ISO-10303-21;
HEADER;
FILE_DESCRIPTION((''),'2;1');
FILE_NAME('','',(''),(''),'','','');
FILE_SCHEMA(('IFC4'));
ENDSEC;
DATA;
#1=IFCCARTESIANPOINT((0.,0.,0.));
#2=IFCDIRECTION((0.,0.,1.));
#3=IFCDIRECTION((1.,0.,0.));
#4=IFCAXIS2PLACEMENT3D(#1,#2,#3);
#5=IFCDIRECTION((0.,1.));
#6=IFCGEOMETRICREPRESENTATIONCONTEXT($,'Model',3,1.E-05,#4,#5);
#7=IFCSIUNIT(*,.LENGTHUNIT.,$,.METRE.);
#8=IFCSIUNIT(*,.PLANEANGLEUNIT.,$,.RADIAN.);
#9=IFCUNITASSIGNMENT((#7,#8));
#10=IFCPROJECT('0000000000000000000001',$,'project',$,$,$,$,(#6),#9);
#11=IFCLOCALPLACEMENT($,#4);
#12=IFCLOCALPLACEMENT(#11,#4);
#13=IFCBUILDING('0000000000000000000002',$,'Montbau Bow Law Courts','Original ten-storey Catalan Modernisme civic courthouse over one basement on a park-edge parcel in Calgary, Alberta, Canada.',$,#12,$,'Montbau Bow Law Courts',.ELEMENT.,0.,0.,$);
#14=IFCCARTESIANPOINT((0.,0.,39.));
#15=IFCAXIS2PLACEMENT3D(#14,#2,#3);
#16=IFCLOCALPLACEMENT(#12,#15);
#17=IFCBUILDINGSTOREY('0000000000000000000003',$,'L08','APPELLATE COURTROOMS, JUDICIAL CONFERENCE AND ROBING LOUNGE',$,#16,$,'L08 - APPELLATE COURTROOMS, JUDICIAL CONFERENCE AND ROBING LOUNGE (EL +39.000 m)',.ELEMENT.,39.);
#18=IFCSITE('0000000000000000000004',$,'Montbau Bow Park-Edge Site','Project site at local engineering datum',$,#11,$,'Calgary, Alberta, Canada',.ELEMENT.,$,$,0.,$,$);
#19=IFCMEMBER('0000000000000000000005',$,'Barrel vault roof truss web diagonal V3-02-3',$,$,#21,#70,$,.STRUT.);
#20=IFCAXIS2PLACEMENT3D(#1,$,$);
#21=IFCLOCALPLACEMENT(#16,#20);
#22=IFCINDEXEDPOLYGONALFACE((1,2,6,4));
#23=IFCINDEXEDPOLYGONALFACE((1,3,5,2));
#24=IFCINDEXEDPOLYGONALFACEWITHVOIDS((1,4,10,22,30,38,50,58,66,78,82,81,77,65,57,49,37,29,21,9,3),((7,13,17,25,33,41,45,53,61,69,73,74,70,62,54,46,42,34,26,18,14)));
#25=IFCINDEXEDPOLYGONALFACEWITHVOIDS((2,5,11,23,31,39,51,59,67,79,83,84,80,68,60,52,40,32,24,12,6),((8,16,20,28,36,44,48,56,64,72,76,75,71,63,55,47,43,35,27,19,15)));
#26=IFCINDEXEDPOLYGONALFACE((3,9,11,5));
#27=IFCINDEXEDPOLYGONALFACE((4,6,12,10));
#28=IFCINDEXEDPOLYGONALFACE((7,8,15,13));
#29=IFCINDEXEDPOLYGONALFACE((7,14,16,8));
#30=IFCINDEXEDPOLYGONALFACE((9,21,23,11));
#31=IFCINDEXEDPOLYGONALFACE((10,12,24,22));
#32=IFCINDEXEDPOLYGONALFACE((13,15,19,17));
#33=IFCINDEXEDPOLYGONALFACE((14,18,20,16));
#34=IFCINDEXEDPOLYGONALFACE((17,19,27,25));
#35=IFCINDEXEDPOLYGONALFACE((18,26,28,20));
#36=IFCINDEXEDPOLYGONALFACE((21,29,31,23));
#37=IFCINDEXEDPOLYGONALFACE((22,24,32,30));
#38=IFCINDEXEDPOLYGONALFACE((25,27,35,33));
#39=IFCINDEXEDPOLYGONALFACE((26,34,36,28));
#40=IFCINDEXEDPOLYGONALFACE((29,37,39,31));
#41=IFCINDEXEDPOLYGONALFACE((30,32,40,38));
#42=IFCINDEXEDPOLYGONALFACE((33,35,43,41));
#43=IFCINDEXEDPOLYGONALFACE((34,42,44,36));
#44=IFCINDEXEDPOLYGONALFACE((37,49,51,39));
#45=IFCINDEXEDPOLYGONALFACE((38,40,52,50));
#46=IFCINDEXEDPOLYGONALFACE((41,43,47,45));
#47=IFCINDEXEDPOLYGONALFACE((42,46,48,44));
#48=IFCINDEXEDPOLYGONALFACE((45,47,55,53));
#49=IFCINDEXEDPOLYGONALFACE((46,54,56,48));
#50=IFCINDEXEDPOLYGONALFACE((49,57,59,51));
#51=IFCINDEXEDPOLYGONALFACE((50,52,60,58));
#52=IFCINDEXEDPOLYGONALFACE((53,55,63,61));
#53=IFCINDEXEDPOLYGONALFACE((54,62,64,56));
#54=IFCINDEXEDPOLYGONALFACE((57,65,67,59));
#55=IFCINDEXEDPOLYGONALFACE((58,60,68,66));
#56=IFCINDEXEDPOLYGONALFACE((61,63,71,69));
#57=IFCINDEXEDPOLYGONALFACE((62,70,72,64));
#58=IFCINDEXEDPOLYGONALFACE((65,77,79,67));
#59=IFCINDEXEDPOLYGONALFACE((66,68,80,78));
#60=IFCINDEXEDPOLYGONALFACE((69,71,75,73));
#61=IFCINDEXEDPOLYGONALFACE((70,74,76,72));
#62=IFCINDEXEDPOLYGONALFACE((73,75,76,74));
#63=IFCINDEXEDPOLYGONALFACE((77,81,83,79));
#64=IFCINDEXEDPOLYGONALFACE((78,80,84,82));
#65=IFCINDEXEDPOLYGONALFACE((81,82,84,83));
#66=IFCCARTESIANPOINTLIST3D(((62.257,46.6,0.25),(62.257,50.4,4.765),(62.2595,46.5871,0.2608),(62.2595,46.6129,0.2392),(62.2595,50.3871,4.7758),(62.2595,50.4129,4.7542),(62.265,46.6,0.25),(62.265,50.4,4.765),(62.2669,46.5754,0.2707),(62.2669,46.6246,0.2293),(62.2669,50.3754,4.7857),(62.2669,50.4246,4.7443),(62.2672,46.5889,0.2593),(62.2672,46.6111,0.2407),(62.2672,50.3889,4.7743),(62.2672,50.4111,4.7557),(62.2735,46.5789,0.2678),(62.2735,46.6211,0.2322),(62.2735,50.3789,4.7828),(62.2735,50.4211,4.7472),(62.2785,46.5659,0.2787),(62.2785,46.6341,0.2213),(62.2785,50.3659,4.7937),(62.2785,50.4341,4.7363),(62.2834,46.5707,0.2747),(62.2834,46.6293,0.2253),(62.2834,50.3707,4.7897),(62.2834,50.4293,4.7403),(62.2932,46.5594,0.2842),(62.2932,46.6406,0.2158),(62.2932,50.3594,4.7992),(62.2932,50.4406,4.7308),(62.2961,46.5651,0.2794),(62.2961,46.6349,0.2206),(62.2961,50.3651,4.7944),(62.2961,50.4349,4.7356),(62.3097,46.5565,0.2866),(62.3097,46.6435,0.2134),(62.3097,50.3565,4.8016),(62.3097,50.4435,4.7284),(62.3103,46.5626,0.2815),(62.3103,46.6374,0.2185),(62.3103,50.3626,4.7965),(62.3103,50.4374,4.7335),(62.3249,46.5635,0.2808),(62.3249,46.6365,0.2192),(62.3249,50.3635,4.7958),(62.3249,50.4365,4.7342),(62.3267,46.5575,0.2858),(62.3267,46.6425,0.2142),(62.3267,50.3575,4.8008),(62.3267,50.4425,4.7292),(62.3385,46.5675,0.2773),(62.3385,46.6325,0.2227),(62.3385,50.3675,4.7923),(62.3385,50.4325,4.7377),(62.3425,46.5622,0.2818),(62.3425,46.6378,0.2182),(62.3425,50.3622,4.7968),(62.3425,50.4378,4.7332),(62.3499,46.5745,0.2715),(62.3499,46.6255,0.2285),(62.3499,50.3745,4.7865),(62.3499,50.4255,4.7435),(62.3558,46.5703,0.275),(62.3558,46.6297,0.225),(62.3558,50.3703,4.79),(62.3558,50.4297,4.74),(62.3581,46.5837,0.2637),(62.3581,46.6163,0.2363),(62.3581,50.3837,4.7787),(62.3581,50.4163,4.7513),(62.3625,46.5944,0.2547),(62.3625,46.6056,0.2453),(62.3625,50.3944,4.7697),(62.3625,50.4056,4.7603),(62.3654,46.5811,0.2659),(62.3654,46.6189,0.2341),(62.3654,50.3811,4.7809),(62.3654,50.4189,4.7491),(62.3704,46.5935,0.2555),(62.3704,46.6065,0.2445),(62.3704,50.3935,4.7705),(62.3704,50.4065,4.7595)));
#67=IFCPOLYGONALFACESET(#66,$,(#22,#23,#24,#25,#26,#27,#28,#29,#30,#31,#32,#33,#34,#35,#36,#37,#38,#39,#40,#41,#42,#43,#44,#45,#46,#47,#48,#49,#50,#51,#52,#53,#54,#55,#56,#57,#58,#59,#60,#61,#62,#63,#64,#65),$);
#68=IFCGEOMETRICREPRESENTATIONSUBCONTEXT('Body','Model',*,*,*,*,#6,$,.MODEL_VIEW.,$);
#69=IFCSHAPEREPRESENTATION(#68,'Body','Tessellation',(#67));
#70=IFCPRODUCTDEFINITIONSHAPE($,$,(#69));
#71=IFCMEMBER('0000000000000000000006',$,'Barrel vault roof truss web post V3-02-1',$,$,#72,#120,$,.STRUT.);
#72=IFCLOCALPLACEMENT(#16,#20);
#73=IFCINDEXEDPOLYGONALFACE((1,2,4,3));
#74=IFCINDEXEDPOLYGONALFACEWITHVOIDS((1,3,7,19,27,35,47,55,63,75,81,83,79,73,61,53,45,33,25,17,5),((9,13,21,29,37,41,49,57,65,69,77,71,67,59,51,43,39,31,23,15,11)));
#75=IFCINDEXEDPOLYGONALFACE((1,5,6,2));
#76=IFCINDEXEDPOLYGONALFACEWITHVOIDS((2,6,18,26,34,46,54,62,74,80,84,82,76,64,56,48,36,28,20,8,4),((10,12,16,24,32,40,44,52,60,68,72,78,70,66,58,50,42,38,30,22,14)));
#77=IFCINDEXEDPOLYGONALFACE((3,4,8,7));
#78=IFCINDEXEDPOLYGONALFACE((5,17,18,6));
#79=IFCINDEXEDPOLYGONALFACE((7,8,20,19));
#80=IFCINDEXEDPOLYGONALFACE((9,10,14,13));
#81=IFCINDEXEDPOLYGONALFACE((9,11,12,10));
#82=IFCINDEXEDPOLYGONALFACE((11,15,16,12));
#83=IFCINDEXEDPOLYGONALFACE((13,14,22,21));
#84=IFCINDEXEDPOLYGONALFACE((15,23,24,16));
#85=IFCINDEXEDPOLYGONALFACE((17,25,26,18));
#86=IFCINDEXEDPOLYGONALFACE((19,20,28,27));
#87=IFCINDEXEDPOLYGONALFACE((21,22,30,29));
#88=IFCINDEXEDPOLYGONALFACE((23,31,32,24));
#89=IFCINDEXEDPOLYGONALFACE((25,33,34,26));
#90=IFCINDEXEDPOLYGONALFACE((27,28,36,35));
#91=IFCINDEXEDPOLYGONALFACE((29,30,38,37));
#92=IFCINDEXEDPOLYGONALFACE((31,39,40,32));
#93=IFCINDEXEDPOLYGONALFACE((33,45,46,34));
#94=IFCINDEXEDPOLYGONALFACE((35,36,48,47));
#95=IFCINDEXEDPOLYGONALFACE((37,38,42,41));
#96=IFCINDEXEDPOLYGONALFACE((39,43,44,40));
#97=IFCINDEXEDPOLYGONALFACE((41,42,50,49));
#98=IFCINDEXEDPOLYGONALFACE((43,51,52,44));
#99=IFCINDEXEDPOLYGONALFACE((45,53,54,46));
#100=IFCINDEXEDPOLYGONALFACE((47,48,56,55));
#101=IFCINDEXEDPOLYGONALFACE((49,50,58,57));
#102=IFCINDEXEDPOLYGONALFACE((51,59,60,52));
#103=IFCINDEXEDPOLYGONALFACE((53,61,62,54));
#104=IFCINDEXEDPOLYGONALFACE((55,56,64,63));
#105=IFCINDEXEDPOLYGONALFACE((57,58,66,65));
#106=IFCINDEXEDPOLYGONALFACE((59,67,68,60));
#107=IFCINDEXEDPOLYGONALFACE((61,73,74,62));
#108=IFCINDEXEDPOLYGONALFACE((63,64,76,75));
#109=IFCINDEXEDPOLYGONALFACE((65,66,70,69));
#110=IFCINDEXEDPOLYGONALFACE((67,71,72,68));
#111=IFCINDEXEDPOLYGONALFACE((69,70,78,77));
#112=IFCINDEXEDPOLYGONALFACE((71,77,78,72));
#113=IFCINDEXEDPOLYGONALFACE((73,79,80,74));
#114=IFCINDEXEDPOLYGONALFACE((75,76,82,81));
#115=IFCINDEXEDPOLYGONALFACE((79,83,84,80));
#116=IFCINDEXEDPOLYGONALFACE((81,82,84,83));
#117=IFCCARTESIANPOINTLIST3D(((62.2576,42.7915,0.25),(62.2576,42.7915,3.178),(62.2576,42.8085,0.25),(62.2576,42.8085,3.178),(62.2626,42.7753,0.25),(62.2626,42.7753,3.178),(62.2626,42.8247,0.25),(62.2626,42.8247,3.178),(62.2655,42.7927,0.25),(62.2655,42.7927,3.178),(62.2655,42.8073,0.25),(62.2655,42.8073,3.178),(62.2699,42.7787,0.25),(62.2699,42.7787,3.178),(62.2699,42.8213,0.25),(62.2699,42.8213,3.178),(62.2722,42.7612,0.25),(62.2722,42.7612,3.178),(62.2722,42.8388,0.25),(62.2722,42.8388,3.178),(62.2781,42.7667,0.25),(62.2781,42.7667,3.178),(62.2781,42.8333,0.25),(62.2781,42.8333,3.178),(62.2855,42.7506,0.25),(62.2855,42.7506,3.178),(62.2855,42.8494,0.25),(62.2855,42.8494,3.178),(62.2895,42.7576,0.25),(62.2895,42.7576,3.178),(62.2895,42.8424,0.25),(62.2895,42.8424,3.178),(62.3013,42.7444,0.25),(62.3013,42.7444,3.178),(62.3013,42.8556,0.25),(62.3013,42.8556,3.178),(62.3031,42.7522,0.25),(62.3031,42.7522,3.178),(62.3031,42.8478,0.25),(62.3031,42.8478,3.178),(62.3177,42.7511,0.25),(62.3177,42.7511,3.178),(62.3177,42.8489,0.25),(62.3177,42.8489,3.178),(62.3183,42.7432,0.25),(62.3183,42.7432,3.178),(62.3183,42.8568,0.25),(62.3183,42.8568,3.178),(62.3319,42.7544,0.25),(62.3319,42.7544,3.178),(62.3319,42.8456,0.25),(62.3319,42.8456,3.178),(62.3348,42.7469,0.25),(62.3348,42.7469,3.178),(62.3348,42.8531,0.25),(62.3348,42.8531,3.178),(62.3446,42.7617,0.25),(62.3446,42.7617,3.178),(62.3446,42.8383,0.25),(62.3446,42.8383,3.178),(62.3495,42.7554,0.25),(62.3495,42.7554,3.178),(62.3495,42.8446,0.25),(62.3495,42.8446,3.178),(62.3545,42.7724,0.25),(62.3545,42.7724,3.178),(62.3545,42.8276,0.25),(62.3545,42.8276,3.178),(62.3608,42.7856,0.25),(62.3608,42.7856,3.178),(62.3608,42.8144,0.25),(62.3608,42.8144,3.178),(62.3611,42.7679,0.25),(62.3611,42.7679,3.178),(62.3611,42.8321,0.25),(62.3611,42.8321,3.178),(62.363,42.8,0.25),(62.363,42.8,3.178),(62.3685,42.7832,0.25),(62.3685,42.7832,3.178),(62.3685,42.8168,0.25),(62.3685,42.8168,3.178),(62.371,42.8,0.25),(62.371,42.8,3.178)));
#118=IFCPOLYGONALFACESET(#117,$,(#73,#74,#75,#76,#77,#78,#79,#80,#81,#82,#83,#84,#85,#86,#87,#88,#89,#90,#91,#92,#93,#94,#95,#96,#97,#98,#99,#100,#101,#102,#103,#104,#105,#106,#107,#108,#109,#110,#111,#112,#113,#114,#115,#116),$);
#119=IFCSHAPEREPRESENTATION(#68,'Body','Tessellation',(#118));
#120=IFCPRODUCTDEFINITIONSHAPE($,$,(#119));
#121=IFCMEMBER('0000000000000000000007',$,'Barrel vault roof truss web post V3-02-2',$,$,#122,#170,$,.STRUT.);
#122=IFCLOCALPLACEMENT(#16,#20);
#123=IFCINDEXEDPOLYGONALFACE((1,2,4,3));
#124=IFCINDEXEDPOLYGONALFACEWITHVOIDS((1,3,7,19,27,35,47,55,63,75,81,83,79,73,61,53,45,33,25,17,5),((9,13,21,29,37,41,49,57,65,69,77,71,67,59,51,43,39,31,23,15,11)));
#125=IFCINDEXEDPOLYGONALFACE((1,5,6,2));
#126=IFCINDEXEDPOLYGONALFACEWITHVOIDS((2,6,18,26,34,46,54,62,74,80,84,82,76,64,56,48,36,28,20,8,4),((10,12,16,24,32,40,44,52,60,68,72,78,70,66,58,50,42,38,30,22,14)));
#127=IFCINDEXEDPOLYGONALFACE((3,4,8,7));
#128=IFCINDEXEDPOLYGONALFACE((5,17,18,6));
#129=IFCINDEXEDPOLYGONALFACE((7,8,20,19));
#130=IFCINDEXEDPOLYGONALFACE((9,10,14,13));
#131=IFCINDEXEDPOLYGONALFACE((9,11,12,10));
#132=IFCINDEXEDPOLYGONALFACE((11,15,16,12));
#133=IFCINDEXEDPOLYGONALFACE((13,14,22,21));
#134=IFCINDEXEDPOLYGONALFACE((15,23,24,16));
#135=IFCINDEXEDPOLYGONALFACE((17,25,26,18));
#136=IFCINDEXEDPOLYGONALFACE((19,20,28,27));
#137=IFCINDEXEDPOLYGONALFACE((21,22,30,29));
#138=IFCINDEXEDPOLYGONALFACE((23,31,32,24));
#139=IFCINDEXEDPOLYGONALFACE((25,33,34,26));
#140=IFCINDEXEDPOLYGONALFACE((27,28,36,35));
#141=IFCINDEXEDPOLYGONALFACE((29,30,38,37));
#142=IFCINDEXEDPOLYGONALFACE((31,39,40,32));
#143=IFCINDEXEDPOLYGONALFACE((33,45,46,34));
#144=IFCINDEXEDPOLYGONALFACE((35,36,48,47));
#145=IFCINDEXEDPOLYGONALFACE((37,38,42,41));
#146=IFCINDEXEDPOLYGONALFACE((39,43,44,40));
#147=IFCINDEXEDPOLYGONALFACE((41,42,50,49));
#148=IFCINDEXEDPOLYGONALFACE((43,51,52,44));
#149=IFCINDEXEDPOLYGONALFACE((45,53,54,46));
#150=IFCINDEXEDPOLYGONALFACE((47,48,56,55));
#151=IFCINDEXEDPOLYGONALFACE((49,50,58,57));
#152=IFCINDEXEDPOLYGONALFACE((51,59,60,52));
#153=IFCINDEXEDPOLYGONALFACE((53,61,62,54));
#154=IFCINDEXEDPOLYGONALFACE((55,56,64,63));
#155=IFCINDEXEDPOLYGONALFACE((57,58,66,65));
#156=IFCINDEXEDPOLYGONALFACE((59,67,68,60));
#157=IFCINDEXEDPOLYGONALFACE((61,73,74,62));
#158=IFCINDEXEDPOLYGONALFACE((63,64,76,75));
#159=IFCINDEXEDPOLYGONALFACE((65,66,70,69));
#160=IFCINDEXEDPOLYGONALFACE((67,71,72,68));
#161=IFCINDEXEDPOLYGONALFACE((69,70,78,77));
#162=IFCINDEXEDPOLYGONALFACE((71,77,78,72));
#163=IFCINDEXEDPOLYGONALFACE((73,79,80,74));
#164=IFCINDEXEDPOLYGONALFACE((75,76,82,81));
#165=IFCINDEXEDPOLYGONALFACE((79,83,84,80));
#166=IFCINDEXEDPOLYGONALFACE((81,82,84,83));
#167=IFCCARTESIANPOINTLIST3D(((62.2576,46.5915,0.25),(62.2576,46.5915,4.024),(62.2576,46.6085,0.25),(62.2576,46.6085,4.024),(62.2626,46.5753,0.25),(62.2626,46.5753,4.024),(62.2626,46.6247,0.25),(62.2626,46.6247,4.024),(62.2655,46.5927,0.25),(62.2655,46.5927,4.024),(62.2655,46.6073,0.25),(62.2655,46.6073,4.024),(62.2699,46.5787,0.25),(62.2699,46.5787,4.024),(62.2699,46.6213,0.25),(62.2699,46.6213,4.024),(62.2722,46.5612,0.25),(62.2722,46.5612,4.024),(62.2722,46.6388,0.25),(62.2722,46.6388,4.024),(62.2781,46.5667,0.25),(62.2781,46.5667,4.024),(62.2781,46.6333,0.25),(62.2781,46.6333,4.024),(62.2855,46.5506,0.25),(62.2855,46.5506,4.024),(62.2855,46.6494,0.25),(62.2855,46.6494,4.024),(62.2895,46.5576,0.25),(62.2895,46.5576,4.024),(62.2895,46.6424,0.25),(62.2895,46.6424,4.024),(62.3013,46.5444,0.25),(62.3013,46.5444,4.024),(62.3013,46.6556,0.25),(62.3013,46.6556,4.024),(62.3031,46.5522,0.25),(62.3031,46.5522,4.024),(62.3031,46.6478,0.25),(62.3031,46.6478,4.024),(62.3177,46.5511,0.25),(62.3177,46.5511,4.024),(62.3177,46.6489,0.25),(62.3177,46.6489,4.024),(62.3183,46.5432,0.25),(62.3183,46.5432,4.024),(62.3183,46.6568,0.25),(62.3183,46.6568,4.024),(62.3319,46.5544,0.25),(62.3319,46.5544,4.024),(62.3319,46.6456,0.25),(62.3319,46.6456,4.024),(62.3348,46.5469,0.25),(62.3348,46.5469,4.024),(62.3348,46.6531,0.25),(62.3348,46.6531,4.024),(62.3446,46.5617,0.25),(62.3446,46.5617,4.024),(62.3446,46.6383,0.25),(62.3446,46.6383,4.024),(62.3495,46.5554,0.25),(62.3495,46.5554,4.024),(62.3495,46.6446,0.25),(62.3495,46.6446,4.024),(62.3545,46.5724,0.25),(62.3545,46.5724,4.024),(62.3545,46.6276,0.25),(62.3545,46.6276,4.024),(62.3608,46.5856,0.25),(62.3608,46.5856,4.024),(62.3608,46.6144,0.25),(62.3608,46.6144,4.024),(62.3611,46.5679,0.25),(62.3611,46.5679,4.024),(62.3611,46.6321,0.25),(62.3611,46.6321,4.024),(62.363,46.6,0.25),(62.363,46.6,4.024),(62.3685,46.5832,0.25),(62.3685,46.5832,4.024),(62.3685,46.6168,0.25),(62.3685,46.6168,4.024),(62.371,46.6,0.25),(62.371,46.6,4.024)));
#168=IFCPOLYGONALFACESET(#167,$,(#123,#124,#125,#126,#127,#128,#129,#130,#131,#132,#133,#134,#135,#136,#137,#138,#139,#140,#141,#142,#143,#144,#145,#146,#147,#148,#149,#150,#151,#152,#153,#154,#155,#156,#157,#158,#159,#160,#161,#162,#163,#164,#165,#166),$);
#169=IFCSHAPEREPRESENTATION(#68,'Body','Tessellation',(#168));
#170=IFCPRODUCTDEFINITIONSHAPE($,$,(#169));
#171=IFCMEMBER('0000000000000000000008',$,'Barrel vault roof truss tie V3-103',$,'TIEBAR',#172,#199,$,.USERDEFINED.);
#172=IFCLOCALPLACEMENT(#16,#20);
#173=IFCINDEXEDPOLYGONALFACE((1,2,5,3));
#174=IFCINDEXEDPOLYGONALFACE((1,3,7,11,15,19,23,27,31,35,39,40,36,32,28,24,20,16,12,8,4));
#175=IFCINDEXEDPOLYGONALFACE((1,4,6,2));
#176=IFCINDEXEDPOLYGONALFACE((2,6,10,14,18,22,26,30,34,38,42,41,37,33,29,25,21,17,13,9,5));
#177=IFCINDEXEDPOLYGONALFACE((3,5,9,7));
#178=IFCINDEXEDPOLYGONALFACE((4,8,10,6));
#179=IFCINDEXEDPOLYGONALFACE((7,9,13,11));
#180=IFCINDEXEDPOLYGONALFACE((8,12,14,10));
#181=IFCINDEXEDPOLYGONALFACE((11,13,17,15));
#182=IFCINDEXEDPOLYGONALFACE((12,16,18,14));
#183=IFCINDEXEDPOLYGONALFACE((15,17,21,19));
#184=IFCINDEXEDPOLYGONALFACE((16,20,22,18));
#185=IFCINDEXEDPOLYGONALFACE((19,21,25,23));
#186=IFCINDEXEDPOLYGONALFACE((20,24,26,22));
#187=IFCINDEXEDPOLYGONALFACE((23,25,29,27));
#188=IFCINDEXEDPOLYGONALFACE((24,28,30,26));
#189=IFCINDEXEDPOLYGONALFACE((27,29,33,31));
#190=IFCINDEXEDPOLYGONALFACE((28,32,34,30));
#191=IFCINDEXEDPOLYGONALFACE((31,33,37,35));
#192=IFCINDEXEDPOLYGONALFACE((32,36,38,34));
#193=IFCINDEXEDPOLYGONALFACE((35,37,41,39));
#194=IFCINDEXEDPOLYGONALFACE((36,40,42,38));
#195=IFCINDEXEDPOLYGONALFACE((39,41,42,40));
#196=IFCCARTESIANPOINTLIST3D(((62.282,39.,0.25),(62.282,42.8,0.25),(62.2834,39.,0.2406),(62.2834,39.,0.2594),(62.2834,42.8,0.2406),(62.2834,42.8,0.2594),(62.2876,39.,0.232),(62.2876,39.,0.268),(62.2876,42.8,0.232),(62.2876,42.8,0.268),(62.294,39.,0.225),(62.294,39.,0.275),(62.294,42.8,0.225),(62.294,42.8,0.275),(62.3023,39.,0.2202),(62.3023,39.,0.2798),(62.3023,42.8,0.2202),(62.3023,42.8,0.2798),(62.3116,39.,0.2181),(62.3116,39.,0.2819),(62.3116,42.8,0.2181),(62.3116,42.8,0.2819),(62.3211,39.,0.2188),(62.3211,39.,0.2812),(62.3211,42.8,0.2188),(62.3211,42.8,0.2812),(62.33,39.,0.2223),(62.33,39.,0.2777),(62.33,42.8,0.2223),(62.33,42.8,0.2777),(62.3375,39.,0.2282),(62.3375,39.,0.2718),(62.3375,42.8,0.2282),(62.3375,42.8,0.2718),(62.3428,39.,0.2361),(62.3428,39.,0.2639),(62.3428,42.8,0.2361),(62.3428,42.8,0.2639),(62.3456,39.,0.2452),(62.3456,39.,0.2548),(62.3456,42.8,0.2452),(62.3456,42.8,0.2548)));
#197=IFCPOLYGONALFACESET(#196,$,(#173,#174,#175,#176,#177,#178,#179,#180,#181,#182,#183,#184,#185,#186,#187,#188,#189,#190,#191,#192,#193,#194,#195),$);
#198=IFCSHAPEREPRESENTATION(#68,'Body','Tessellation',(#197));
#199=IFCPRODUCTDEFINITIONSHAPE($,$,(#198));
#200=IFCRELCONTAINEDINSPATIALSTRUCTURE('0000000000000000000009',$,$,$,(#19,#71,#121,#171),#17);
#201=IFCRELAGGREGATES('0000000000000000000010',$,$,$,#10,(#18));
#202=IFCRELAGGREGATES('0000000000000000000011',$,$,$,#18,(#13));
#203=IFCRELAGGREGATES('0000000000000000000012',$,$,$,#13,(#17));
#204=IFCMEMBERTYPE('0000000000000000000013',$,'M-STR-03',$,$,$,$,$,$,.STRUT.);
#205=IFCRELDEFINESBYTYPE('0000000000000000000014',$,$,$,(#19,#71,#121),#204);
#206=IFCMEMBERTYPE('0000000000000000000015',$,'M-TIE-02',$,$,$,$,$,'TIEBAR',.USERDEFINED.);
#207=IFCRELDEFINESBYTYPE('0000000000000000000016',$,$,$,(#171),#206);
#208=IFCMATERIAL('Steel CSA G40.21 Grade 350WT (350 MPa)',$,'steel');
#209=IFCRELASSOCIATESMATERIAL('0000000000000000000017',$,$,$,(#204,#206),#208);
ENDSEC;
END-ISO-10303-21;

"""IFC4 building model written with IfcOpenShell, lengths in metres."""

from ifc_helpers import new_model, si_unit, direction, frame, origin_with_axes, origin_2d_with_axis, place, context, subcontext, project, spatial, circle, hollow_circle, extrude, material, material_profile, profile_set, type_object, element, save


model = new_model("IFC4")

# Units and contexts
model_context = context("Model", 3, precision=1e-05, world=origin_with_axes(), true_north=direction((0.0, 1.0)))
body_context = subcontext(model_context, "Body", "Model", "MODEL_VIEW")
ifc_project = project(units=[si_unit("LENGTHUNIT", "METRE"), si_unit("PLANEANGLEUNIT", "RADIAN")], contexts=[model_context])

# Site, building, storey
site_placement = place(None, origin_with_axes())
site = spatial("IfcSite", under=ifc_project, at=site_placement, Name="Montbau Bow Park-Edge Site", Description="Project site at local engineering datum", LongName="Calgary, Alberta, Canada", CompositionType="ELEMENT", RefElevation=0.0)
building_placement = place(site_placement, origin_with_axes())
building = spatial("IfcBuilding", under=site, at=building_placement, Name="Montbau Bow Law Courts", Description="Original ten-storey Catalan Modernisme civic courthouse over one basement on a park-edge parcel in Calgary, Alberta, Canada.", LongName="Montbau Bow Law Courts", CompositionType="ELEMENT", ElevationOfRefHeight=0.0, ElevationOfTerrain=0.0)
storey_placement = place(building_placement, frame((0.0, 0.0, 39.0), z_axis=(0.0, 0.0, 1.0), x_axis=(1.0, 0.0, 0.0)))
storey = spatial("IfcBuildingStorey", under=building, at=storey_placement, Name="L08", Description="APPELLATE COURTROOMS, JUDICIAL CONFERENCE AND ROBING LOUNGE", LongName="L08 - APPELLATE COURTROOMS, JUDICIAL CONFERENCE AND ROBING LOUNGE (EL +39.000 m)", CompositionType="ELEMENT", Elevation=39.0)

# Shared definitions
ifc_material_1 = material(Name="Steel CSA G40.21 Grade 350WT (350 MPa)", Category="steel")

# Members
ifc_material_profile_1 = material_profile(ifc_material_1, hollow_circle(Radius=0.057, WallThickness=0.008, at=origin_2d_with_axis()), Name="HSS114X8.0", Category="Main", Priority=0)
ifc_profile_set_1 = profile_set([ifc_material_profile_1], Name="Steel CSA G40.21 Grade 350WT (350 MPa)")
member_type_1 = type_object("IfcMemberType", Name="M-STR-03", PredefinedType="STRUT", material=ifc_profile_set_1)
member_1_placement = place(None, frame((62.314, 46.6, 39.25), z_axis=(0.0, 0.643927, 0.765087), x_axis=(-1.0, 0.0, 0.0)))
element("IfcMember", 1, at=member_1_placement, inside=storey, type_object=member_type_1, Name="Barrel vault roof truss web diagonal V3-02-3", PredefinedType="STRUT", context=body_context, shape_type="SweptSolid", body=[
    extrude(hollow_circle(Radius=0.057, WallThickness=0.008, at=origin_2d_with_axis()), origin_with_axes(), (0.0, 0.0, 1.0), 5.9013),
])
member_2_placement = place(None, frame((62.314, 42.8, 39.25), z_axis=(0.0, 0.0, 1.0), x_axis=(1.0, 0.0, 0.0)))
element("IfcMember", 2, at=member_2_placement, inside=storey, type_object=member_type_1, Name="Barrel vault roof truss web post V3-02-1", PredefinedType="STRUT", context=body_context, shape_type="SweptSolid", body=[
    extrude(hollow_circle(Radius=0.057, WallThickness=0.008, at=origin_2d_with_axis()), origin_with_axes(), (0.0, 0.0, 1.0), 2.928),
])
member_3_placement = place(None, frame((62.314, 46.6, 39.25), z_axis=(0.0, 0.0, 1.0), x_axis=(1.0, 0.0, 0.0)))
element("IfcMember", 3, at=member_3_placement, inside=storey, type_object=member_type_1, Name="Barrel vault roof truss web post V3-02-2", PredefinedType="STRUT", context=body_context, shape_type="SweptSolid", body=[
    extrude(hollow_circle(Radius=0.057, WallThickness=0.008, at=origin_2d_with_axis()), origin_with_axes(), (0.0, 0.0, 1.0), 3.774),
])
ifc_material_profile_2 = material_profile(ifc_material_1, circle(Radius=0.032, at=origin_2d_with_axis()), Name="ROD64", Category="Main", Priority=0)
ifc_profile_set_2 = profile_set([ifc_material_profile_2], Name="Steel CSA G40.21 Grade 350WT (350 MPa)")
member_type_2 = type_object("IfcMemberType", Name="M-TIE-02", ElementType="TIEBAR", PredefinedType="USERDEFINED", material=ifc_profile_set_2)
for number, where, z_axis, x_axis, name in (
    (4, (62.314, 39.0, 39.25), (0.0, 1.0, 0.0), (-1.0, 0.0, 0.0), "Barrel vault roof truss tie V3-103"),
):
    element("IfcMember", number, at=place(None, frame(where, z_axis=z_axis, x_axis=x_axis)), inside=storey, type_object=member_type_2, Name=name, ObjectType="TIEBAR", PredefinedType="USERDEFINED", context=body_context, shape_type="SweptSolid", body=[
        extrude(circle(Radius=0.032, at=origin_2d_with_axis()), origin_with_axes(), (0.0, 0.0, 1.0), 3.8),
    ])

save(model, "model.ifc")
